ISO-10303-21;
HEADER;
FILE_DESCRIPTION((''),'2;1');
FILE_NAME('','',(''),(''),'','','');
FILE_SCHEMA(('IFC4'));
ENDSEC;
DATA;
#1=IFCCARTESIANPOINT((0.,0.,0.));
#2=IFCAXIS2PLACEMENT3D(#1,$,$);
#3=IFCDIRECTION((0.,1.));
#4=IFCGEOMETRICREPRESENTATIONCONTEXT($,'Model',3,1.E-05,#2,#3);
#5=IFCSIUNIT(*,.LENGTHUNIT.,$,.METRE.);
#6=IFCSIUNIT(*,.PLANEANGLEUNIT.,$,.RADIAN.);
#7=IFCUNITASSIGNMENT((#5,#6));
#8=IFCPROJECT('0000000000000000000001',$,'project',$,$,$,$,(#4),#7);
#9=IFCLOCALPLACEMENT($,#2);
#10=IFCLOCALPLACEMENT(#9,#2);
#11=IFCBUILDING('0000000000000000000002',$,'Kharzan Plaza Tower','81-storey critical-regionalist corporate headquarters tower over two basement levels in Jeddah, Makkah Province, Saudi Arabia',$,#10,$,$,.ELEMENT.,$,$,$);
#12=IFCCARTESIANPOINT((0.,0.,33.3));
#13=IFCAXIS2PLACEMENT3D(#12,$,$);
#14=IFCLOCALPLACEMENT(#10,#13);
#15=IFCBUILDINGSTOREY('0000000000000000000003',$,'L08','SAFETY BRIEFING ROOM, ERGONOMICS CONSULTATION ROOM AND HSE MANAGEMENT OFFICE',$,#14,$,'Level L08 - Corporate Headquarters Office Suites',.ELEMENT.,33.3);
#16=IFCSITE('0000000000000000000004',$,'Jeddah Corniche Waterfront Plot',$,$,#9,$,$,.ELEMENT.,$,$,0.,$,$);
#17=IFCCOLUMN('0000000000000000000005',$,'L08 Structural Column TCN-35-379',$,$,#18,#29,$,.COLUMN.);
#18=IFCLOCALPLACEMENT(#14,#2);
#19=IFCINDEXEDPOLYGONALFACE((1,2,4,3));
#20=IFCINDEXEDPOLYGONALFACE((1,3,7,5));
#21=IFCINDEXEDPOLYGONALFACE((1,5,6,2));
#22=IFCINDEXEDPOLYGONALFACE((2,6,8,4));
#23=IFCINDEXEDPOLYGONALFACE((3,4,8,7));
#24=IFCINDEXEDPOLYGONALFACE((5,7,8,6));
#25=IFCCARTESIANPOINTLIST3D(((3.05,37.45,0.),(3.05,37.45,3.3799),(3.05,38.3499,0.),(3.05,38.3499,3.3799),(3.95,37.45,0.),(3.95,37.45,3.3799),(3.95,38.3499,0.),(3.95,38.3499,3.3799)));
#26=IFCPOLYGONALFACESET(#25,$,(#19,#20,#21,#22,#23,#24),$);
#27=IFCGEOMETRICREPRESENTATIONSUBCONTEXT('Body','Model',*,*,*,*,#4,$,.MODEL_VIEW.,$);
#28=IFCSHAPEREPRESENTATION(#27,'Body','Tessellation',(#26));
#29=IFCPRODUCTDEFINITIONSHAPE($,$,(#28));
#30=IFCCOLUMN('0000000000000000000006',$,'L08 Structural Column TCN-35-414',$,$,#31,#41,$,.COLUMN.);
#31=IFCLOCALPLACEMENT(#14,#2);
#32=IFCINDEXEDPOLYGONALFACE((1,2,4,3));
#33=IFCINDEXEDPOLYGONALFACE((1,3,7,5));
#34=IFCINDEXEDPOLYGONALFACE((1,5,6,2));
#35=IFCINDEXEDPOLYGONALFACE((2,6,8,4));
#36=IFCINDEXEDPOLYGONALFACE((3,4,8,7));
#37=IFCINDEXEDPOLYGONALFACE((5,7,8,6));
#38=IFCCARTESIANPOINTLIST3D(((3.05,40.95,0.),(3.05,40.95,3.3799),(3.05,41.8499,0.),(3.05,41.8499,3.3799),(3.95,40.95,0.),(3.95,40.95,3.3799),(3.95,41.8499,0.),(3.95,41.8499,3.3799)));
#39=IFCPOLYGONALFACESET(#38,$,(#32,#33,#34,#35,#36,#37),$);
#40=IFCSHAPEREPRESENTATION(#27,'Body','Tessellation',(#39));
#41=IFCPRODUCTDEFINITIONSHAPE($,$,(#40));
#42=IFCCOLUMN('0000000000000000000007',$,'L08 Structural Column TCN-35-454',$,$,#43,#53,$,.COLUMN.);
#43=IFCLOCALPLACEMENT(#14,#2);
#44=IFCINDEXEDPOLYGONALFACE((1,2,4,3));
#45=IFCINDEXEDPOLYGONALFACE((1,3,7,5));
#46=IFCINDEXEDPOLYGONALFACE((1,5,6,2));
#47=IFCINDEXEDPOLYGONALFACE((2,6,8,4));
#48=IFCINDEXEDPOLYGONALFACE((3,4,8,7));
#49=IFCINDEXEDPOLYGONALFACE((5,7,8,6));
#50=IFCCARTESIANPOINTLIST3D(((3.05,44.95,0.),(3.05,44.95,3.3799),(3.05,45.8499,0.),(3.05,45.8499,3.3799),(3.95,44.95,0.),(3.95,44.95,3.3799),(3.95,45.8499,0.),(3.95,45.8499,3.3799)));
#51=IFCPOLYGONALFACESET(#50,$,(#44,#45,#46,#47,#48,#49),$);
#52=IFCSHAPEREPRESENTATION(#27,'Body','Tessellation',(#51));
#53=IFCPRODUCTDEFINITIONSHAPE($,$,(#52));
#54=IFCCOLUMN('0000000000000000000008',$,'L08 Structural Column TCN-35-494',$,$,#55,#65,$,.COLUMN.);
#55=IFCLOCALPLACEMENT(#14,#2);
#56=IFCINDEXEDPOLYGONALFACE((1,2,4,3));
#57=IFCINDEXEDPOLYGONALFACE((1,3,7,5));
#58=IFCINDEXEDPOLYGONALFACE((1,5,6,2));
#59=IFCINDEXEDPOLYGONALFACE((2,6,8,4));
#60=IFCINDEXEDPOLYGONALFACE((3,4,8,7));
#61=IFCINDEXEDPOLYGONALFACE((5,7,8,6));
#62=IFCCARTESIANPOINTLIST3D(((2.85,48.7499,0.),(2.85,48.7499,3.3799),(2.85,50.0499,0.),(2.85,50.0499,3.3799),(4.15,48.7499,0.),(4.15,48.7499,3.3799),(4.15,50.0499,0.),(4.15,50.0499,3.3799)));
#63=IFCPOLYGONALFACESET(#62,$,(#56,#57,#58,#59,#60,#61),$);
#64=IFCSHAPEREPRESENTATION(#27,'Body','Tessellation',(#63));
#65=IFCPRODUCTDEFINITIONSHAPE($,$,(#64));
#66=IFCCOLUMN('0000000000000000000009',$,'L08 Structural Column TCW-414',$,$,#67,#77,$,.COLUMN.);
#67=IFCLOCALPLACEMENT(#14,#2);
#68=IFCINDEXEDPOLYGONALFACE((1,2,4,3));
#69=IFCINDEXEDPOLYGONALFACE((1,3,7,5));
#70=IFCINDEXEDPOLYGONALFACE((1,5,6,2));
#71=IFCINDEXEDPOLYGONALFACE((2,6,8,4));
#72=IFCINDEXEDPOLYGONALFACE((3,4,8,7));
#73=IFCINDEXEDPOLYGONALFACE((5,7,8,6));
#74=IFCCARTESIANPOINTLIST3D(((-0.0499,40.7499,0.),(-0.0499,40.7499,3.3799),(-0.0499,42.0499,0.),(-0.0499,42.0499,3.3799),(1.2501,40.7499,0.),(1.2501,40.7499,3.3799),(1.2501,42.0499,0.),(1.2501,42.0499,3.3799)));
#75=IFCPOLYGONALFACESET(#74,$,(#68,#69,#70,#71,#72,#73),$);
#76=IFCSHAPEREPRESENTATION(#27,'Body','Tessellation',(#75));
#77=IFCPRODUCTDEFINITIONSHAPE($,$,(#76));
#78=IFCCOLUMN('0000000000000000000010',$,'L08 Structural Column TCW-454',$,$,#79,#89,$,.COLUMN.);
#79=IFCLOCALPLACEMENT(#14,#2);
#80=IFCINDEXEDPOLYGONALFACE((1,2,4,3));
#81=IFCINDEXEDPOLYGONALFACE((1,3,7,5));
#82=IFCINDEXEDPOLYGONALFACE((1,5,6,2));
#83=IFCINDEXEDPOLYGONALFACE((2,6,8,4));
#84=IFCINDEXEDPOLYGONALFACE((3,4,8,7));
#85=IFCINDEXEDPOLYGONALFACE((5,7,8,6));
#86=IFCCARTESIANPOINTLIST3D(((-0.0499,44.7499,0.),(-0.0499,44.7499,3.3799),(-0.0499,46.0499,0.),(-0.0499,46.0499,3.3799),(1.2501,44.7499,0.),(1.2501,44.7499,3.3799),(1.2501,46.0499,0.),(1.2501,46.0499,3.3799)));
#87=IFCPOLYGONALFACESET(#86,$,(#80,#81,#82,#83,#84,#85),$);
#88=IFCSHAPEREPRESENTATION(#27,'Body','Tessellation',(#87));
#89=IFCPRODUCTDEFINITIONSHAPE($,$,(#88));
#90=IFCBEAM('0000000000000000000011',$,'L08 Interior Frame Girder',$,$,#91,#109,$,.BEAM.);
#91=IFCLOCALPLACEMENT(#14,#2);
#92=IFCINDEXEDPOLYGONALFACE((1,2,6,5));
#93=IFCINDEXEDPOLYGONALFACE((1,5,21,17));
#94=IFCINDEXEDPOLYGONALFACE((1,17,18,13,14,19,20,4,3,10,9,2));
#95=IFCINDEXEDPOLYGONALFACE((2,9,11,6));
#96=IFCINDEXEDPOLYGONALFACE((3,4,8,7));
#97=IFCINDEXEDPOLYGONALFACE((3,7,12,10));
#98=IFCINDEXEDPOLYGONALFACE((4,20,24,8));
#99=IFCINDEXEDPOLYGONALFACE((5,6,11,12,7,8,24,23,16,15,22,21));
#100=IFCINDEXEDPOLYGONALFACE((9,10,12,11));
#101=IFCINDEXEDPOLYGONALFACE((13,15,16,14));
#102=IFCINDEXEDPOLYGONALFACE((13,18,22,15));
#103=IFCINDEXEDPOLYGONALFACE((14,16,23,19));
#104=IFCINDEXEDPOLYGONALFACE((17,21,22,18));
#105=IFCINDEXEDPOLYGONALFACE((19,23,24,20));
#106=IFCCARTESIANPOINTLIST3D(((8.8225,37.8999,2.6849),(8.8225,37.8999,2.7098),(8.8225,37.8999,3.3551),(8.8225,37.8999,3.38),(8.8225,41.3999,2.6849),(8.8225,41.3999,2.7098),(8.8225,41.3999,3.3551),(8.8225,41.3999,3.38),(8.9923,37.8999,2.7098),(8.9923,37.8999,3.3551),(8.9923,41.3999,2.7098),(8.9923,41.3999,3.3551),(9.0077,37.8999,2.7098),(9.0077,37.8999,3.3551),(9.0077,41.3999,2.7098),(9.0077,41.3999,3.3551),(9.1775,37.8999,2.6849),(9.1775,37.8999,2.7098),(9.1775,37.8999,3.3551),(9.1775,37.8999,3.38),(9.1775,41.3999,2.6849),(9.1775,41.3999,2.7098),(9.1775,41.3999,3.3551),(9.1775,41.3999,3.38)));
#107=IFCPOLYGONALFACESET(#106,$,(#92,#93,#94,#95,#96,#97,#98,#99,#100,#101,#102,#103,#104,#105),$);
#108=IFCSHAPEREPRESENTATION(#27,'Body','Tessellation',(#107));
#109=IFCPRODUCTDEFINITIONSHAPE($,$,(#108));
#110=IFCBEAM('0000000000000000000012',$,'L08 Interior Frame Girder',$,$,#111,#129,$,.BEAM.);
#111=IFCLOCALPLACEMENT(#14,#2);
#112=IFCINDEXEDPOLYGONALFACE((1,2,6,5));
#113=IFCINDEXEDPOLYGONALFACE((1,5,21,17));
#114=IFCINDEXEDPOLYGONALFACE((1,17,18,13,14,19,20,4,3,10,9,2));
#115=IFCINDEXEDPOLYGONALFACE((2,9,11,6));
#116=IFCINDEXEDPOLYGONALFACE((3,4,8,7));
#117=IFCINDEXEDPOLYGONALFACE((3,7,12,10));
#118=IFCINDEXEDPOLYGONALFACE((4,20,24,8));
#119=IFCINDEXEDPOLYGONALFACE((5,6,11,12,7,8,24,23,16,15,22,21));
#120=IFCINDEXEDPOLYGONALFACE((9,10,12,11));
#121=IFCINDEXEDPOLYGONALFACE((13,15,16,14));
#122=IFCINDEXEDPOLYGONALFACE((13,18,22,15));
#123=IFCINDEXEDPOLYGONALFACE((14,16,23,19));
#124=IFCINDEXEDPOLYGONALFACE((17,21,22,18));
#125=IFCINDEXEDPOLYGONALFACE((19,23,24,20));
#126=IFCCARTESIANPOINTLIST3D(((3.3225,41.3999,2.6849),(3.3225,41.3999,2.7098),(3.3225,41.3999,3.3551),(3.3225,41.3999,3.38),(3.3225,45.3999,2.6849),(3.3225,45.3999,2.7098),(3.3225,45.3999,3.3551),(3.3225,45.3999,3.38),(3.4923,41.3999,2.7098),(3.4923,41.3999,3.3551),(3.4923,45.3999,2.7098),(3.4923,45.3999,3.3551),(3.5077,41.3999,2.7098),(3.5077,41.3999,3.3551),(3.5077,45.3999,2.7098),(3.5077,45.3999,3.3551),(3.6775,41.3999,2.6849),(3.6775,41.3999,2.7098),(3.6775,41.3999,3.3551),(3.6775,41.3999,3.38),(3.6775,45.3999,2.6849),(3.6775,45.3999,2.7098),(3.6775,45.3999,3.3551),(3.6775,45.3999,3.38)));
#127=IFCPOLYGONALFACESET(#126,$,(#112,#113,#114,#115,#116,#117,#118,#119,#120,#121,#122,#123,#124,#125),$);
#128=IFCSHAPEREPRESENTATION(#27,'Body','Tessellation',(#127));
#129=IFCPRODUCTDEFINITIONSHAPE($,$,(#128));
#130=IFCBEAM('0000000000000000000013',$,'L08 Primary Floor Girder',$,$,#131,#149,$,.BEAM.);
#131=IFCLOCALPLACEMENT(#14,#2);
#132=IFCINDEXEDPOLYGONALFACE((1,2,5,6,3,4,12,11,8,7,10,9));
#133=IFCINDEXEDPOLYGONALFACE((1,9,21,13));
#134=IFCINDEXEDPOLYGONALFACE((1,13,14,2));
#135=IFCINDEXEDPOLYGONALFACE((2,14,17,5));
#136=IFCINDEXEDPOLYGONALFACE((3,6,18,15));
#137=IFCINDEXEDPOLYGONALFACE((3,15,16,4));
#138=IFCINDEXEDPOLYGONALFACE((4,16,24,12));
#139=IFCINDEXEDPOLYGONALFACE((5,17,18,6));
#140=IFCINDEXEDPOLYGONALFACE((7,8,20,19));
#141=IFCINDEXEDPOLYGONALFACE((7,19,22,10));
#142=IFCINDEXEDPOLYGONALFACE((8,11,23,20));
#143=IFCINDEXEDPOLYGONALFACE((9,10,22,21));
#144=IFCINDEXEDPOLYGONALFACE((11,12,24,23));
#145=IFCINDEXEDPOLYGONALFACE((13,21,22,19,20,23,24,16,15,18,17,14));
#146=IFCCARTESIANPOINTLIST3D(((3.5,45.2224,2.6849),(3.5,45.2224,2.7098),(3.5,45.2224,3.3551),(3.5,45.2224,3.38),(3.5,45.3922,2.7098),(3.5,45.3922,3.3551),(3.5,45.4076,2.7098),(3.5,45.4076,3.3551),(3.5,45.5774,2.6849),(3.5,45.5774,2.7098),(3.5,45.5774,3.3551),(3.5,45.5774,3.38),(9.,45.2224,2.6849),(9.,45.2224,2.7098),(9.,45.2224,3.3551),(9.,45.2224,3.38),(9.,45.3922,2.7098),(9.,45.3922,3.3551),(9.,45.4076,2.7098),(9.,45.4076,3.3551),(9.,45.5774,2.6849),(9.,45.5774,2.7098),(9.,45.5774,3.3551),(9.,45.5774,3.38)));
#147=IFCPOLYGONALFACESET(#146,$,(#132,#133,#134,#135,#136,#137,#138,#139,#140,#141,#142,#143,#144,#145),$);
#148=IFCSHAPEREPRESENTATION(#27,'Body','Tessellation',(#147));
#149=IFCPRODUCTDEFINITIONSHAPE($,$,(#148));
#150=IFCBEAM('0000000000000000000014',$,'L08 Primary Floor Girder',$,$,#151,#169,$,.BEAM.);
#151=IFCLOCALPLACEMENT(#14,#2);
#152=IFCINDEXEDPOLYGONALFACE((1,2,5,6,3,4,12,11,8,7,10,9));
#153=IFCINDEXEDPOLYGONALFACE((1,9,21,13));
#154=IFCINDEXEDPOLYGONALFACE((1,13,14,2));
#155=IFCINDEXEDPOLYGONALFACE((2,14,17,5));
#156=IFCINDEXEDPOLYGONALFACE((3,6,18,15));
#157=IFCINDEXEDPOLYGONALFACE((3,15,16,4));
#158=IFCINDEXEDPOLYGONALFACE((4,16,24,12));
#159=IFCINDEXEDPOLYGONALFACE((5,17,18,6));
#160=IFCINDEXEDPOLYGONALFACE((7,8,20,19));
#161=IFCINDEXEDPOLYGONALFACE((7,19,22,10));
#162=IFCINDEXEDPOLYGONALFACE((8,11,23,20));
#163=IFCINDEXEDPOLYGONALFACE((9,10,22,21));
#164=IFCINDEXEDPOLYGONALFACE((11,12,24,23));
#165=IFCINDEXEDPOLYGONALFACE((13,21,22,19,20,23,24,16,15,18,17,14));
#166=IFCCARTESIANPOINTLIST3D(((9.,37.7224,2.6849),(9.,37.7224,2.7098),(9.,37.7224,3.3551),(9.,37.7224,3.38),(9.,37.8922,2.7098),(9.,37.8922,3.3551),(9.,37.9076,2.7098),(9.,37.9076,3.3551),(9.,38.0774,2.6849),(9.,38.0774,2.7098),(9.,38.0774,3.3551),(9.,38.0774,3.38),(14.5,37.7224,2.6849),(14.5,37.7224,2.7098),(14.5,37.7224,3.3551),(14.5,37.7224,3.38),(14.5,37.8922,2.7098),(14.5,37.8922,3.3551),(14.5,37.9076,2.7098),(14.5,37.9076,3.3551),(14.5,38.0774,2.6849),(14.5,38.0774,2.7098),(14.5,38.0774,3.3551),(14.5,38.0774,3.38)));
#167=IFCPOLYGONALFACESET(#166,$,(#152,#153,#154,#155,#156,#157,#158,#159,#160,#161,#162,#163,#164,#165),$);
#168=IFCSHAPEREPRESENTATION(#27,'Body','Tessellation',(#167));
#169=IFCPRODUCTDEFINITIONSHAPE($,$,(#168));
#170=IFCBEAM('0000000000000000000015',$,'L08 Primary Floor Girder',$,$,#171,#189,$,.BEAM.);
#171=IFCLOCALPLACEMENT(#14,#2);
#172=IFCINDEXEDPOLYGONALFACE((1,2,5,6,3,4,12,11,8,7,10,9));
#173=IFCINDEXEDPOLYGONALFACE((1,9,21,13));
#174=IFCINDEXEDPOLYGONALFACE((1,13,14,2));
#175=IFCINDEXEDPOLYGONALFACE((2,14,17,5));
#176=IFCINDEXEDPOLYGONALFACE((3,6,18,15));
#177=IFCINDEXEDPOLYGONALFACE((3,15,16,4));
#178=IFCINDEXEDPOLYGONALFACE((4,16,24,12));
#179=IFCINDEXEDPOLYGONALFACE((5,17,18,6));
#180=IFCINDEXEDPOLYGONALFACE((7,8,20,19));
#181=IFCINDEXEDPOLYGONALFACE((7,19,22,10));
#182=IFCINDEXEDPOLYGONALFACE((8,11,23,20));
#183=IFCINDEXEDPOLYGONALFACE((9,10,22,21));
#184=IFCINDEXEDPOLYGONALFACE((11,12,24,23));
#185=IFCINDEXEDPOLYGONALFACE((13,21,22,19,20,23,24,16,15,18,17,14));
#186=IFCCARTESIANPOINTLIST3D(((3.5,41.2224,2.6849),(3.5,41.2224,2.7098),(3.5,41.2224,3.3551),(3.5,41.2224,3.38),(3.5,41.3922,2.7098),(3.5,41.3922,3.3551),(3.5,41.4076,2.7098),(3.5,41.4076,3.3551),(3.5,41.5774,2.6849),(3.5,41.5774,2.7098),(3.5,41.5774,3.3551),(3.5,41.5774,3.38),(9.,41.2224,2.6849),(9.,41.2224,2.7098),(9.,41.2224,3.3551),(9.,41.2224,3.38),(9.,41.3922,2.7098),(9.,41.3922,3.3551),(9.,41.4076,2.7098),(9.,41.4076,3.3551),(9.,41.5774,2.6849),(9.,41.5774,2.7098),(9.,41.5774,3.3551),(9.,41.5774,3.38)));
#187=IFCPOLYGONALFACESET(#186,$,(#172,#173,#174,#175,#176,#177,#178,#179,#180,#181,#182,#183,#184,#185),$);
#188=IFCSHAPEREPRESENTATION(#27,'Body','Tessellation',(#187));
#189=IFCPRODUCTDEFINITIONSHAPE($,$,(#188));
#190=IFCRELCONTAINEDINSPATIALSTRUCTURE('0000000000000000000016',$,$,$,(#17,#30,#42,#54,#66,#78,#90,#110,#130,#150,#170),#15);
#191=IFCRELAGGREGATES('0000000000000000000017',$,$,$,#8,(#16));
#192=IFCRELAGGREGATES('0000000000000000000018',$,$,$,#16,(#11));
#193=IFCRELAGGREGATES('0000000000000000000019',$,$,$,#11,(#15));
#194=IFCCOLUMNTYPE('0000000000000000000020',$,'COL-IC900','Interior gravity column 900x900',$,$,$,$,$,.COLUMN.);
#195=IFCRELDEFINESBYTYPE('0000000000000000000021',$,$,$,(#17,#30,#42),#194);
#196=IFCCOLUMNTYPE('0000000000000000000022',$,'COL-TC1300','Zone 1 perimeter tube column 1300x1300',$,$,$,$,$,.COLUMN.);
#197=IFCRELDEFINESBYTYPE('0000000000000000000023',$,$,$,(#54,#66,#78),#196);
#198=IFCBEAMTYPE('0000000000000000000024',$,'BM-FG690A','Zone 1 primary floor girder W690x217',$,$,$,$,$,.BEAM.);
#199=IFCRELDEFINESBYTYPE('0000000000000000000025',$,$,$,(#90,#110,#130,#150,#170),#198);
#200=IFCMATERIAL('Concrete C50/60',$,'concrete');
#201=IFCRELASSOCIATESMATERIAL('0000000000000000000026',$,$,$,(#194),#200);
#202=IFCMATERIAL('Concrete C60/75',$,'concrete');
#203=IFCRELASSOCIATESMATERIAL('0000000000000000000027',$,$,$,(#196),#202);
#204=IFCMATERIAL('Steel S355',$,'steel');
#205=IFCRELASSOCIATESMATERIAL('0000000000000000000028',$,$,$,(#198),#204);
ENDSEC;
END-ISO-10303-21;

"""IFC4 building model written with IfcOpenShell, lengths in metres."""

from ifc_helpers import new_model, si_unit, direction, frame, origin, origin_2d, place, context, subcontext, project, spatial, rectangle, i_section, extrude, source, transform, mapped, material, material_profile, profile_set, type_object, element, save


model = new_model("IFC4")

# Units and contexts
model_context = context("Model", 3, precision=1e-05, world=origin(), true_north=direction((0.0, 1.0)))
body_context = subcontext(model_context, "Body", "Model", "MODEL_VIEW")
ifc_project = project(units=[si_unit("LENGTHUNIT", "METRE"), si_unit("PLANEANGLEUNIT", "RADIAN")], contexts=[model_context])

# Site, building, storey
site_placement = place(None, origin())
site = spatial("IfcSite", under=ifc_project, at=site_placement, Name="Jeddah Corniche Waterfront Plot", CompositionType="ELEMENT", RefElevation=0.0)
building_placement = place(site_placement, origin())
building = spatial("IfcBuilding", under=site, at=building_placement, Name="Kharzan Plaza Tower", Description="81-storey critical-regionalist corporate headquarters tower over two basement levels in Jeddah, Makkah Province, Saudi Arabia", CompositionType="ELEMENT")
storey_placement = place(building_placement, frame((0.0, 0.0, 33.3)))
storey = spatial("IfcBuildingStorey", under=building, at=storey_placement, Name="L08", Description="SAFETY BRIEFING ROOM, ERGONOMICS CONSULTATION ROOM AND HSE MANAGEMENT OFFICE", LongName="Level L08 - Corporate Headquarters Office Suites", CompositionType="ELEMENT", Elevation=33.3)

# Columns
ifc_material_1 = material(Name="Concrete C50/60", Category="concrete")
ifc_material_profile_1 = material_profile(ifc_material_1, rectangle(XDim=0.8999, YDim=0.8999, at=origin_2d()), Name="RC-IC900x900")
ifc_profile_set_1 = profile_set([ifc_material_profile_1], Name="Concrete C50/60")
column_type_1 = type_object("IfcColumnType", Name="COL-IC900", Description="Interior gravity column 900x900", PredefinedType="COLUMN", material=ifc_profile_set_1)
shared_shape_1 = source(origin(), body_context, "Body", "SweptSolid", [
    extrude(rectangle(XDim=0.8999, YDim=0.8999, at=origin_2d()), origin(), (0.0, 0.0, 1.0), 3.3799),
])
for number, where, z_axis, x_axis, name in (
    (1, (3.5, 37.8999, 0.0), (0.0, 0.0, 1.0), (1.0, 0.0, 0.0), "L08 Structural Column TCN-35-379"),
    (2, (3.5, 41.3999, 0.0), (0.0, 0.0, 1.0), (1.0, 0.0, 0.0), "L08 Structural Column TCN-35-414"),
    (3, (3.5, 45.3999, 0.0), (0.0, 0.0, 1.0), (1.0, 0.0, 0.0), "L08 Structural Column TCN-35-454"),
):
    element("IfcColumn", number, at=place(storey_placement, frame(where, z_axis=z_axis, x_axis=x_axis)), inside=storey, type_object=column_type_1, Name=name, PredefinedType="COLUMN", context=body_context, shape_type="MappedRepresentation", body=[
        mapped(shared_shape_1, transform((0.0, 0.0, 0.0), x_axis=(1.0, 0.0, 0.0), y_axis=(0.0, 1.0, 0.0), z_axis=(0.0, 0.0, 1.0))),
    ])
ifc_material_2 = material(Name="Concrete C60/75", Category="concrete")
ifc_material_profile_2 = material_profile(ifc_material_2, rectangle(XDim=1.3, YDim=1.3, at=origin_2d()), Name="RC-TC1300x1300")
ifc_profile_set_2 = profile_set([ifc_material_profile_2], Name="Concrete C60/75")
column_type_2 = type_object("IfcColumnType", Name="COL-TC1300", Description="Zone 1 perimeter tube column 1300x1300", PredefinedType="COLUMN", material=ifc_profile_set_2)
shared_shape_2 = source(origin(), body_context, "Body", "SweptSolid", [
    extrude(rectangle(XDim=1.3, YDim=1.3, at=origin_2d()), origin(), (0.0, 0.0, 1.0), 3.3799),
])
for number, where, z_axis, x_axis, name in (
    (4, (3.5, 49.3999, 0.0), (0.0, 0.0, 1.0), (1.0, 0.0, 0.0), "L08 Structural Column TCN-35-494"),
    (5, (0.6001, 41.3999, 0.0), (0.0, 0.0, 1.0), (1.0, 0.0, 0.0), "L08 Structural Column TCW-414"),
    (6, (0.6001, 45.3999, 0.0), (0.0, 0.0, 1.0), (1.0, 0.0, 0.0), "L08 Structural Column TCW-454"),
):
    element("IfcColumn", number, at=place(storey_placement, frame(where, z_axis=z_axis, x_axis=x_axis)), inside=storey, type_object=column_type_2, Name=name, PredefinedType="COLUMN", context=body_context, shape_type="MappedRepresentation", body=[
        mapped(shared_shape_2, transform((0.0, 0.0, 0.0), x_axis=(1.0, 0.0, 0.0), y_axis=(0.0, 1.0, 0.0), z_axis=(0.0, 0.0, 1.0))),
    ])

# Beams
ifc_material_3 = material(Name="Steel S355", Category="steel")
ifc_material_profile_3 = material_profile(ifc_material_3, i_section(OverallWidth=0.355, OverallDepth=0.6951, WebThickness=0.0154, FlangeThickness=0.0249, at=origin_2d()), Name="W690x217")
ifc_profile_set_3 = profile_set([ifc_material_profile_3], Name="Steel S355")
beam_type_1 = type_object("IfcBeamType", Name="BM-FG690A", Description="Zone 1 primary floor girder W690x217", PredefinedType="BEAM", material=ifc_profile_set_3)
shared_shape_3 = source(origin(), body_context, "Body", "SweptSolid", [
    extrude(i_section(OverallWidth=0.355, OverallDepth=0.6951, WebThickness=0.0154, FlangeThickness=0.0249, at=origin_2d()), origin(), (0.0, 0.0, 1.0), 3.5),
])
beam_1_placement = place(storey_placement, frame((9.0, 37.8999, 3.0325), z_axis=(0.0, 1.0, 0.0), x_axis=(-1.0, 0.0, 0.0)))
element("IfcBeam", 7, at=beam_1_placement, inside=storey, type_object=beam_type_1, Name="L08 Interior Frame Girder", PredefinedType="BEAM", context=body_context, shape_type="MappedRepresentation", body=[
    mapped(shared_shape_3, transform((0.0, 0.0, 0.0), x_axis=(1.0, 0.0, 0.0), y_axis=(0.0, 1.0, 0.0), z_axis=(0.0, 0.0, 1.0))),
])
shared_shape_4 = source(origin(), body_context, "Body", "SweptSolid", [
    extrude(i_section(OverallWidth=0.355, OverallDepth=0.6951, WebThickness=0.0154, FlangeThickness=0.0249, at=origin_2d()), origin(), (0.0, 0.0, 1.0), 4.0),
])
beam_2_placement = place(storey_placement, frame((3.5, 41.3999, 3.0325), z_axis=(0.0, 1.0, 0.0), x_axis=(-1.0, 0.0, 0.0)))
element("IfcBeam", 8, at=beam_2_placement, inside=storey, type_object=beam_type_1, Name="L08 Interior Frame Girder", PredefinedType="BEAM", context=body_context, shape_type="MappedRepresentation", body=[
    mapped(shared_shape_4, transform((0.0, 0.0, 0.0), x_axis=(1.0, 0.0, 0.0), y_axis=(0.0, 1.0, 0.0), z_axis=(0.0, 0.0, 1.0))),
])
shared_shape_5 = source(origin(), body_context, "Body", "SweptSolid", [
    extrude(i_section(OverallWidth=0.355, OverallDepth=0.6951, WebThickness=0.0154, FlangeThickness=0.0249, at=origin_2d()), origin(), (0.0, 0.0, 1.0), 5.5),
])
for number, where, z_axis, x_axis, name in (
    (9, (3.5, 45.3999, 3.0325), (1.0, 0.0, 0.0), (0.0, 1.0, 0.0), "L08 Primary Floor Girder"),
    (10, (9.0, 37.8999, 3.0325), (1.0, 0.0, 0.0), (0.0, 1.0, 0.0), "L08 Primary Floor Girder"),
    (11, (3.5, 41.3999, 3.0325), (1.0, 0.0, 0.0), (0.0, 1.0, 0.0), "L08 Primary Floor Girder"),
):
    element("IfcBeam", number, at=place(storey_placement, frame(where, z_axis=z_axis, x_axis=x_axis)), inside=storey, type_object=beam_type_1, Name=name, PredefinedType="BEAM", context=body_context, shape_type="MappedRepresentation", body=[
        mapped(shared_shape_5, transform((0.0, 0.0, 0.0), x_axis=(1.0, 0.0, 0.0), y_axis=(0.0, 1.0, 0.0), z_axis=(0.0, 0.0, 1.0))),
    ])

save(model, "model.ifc")
